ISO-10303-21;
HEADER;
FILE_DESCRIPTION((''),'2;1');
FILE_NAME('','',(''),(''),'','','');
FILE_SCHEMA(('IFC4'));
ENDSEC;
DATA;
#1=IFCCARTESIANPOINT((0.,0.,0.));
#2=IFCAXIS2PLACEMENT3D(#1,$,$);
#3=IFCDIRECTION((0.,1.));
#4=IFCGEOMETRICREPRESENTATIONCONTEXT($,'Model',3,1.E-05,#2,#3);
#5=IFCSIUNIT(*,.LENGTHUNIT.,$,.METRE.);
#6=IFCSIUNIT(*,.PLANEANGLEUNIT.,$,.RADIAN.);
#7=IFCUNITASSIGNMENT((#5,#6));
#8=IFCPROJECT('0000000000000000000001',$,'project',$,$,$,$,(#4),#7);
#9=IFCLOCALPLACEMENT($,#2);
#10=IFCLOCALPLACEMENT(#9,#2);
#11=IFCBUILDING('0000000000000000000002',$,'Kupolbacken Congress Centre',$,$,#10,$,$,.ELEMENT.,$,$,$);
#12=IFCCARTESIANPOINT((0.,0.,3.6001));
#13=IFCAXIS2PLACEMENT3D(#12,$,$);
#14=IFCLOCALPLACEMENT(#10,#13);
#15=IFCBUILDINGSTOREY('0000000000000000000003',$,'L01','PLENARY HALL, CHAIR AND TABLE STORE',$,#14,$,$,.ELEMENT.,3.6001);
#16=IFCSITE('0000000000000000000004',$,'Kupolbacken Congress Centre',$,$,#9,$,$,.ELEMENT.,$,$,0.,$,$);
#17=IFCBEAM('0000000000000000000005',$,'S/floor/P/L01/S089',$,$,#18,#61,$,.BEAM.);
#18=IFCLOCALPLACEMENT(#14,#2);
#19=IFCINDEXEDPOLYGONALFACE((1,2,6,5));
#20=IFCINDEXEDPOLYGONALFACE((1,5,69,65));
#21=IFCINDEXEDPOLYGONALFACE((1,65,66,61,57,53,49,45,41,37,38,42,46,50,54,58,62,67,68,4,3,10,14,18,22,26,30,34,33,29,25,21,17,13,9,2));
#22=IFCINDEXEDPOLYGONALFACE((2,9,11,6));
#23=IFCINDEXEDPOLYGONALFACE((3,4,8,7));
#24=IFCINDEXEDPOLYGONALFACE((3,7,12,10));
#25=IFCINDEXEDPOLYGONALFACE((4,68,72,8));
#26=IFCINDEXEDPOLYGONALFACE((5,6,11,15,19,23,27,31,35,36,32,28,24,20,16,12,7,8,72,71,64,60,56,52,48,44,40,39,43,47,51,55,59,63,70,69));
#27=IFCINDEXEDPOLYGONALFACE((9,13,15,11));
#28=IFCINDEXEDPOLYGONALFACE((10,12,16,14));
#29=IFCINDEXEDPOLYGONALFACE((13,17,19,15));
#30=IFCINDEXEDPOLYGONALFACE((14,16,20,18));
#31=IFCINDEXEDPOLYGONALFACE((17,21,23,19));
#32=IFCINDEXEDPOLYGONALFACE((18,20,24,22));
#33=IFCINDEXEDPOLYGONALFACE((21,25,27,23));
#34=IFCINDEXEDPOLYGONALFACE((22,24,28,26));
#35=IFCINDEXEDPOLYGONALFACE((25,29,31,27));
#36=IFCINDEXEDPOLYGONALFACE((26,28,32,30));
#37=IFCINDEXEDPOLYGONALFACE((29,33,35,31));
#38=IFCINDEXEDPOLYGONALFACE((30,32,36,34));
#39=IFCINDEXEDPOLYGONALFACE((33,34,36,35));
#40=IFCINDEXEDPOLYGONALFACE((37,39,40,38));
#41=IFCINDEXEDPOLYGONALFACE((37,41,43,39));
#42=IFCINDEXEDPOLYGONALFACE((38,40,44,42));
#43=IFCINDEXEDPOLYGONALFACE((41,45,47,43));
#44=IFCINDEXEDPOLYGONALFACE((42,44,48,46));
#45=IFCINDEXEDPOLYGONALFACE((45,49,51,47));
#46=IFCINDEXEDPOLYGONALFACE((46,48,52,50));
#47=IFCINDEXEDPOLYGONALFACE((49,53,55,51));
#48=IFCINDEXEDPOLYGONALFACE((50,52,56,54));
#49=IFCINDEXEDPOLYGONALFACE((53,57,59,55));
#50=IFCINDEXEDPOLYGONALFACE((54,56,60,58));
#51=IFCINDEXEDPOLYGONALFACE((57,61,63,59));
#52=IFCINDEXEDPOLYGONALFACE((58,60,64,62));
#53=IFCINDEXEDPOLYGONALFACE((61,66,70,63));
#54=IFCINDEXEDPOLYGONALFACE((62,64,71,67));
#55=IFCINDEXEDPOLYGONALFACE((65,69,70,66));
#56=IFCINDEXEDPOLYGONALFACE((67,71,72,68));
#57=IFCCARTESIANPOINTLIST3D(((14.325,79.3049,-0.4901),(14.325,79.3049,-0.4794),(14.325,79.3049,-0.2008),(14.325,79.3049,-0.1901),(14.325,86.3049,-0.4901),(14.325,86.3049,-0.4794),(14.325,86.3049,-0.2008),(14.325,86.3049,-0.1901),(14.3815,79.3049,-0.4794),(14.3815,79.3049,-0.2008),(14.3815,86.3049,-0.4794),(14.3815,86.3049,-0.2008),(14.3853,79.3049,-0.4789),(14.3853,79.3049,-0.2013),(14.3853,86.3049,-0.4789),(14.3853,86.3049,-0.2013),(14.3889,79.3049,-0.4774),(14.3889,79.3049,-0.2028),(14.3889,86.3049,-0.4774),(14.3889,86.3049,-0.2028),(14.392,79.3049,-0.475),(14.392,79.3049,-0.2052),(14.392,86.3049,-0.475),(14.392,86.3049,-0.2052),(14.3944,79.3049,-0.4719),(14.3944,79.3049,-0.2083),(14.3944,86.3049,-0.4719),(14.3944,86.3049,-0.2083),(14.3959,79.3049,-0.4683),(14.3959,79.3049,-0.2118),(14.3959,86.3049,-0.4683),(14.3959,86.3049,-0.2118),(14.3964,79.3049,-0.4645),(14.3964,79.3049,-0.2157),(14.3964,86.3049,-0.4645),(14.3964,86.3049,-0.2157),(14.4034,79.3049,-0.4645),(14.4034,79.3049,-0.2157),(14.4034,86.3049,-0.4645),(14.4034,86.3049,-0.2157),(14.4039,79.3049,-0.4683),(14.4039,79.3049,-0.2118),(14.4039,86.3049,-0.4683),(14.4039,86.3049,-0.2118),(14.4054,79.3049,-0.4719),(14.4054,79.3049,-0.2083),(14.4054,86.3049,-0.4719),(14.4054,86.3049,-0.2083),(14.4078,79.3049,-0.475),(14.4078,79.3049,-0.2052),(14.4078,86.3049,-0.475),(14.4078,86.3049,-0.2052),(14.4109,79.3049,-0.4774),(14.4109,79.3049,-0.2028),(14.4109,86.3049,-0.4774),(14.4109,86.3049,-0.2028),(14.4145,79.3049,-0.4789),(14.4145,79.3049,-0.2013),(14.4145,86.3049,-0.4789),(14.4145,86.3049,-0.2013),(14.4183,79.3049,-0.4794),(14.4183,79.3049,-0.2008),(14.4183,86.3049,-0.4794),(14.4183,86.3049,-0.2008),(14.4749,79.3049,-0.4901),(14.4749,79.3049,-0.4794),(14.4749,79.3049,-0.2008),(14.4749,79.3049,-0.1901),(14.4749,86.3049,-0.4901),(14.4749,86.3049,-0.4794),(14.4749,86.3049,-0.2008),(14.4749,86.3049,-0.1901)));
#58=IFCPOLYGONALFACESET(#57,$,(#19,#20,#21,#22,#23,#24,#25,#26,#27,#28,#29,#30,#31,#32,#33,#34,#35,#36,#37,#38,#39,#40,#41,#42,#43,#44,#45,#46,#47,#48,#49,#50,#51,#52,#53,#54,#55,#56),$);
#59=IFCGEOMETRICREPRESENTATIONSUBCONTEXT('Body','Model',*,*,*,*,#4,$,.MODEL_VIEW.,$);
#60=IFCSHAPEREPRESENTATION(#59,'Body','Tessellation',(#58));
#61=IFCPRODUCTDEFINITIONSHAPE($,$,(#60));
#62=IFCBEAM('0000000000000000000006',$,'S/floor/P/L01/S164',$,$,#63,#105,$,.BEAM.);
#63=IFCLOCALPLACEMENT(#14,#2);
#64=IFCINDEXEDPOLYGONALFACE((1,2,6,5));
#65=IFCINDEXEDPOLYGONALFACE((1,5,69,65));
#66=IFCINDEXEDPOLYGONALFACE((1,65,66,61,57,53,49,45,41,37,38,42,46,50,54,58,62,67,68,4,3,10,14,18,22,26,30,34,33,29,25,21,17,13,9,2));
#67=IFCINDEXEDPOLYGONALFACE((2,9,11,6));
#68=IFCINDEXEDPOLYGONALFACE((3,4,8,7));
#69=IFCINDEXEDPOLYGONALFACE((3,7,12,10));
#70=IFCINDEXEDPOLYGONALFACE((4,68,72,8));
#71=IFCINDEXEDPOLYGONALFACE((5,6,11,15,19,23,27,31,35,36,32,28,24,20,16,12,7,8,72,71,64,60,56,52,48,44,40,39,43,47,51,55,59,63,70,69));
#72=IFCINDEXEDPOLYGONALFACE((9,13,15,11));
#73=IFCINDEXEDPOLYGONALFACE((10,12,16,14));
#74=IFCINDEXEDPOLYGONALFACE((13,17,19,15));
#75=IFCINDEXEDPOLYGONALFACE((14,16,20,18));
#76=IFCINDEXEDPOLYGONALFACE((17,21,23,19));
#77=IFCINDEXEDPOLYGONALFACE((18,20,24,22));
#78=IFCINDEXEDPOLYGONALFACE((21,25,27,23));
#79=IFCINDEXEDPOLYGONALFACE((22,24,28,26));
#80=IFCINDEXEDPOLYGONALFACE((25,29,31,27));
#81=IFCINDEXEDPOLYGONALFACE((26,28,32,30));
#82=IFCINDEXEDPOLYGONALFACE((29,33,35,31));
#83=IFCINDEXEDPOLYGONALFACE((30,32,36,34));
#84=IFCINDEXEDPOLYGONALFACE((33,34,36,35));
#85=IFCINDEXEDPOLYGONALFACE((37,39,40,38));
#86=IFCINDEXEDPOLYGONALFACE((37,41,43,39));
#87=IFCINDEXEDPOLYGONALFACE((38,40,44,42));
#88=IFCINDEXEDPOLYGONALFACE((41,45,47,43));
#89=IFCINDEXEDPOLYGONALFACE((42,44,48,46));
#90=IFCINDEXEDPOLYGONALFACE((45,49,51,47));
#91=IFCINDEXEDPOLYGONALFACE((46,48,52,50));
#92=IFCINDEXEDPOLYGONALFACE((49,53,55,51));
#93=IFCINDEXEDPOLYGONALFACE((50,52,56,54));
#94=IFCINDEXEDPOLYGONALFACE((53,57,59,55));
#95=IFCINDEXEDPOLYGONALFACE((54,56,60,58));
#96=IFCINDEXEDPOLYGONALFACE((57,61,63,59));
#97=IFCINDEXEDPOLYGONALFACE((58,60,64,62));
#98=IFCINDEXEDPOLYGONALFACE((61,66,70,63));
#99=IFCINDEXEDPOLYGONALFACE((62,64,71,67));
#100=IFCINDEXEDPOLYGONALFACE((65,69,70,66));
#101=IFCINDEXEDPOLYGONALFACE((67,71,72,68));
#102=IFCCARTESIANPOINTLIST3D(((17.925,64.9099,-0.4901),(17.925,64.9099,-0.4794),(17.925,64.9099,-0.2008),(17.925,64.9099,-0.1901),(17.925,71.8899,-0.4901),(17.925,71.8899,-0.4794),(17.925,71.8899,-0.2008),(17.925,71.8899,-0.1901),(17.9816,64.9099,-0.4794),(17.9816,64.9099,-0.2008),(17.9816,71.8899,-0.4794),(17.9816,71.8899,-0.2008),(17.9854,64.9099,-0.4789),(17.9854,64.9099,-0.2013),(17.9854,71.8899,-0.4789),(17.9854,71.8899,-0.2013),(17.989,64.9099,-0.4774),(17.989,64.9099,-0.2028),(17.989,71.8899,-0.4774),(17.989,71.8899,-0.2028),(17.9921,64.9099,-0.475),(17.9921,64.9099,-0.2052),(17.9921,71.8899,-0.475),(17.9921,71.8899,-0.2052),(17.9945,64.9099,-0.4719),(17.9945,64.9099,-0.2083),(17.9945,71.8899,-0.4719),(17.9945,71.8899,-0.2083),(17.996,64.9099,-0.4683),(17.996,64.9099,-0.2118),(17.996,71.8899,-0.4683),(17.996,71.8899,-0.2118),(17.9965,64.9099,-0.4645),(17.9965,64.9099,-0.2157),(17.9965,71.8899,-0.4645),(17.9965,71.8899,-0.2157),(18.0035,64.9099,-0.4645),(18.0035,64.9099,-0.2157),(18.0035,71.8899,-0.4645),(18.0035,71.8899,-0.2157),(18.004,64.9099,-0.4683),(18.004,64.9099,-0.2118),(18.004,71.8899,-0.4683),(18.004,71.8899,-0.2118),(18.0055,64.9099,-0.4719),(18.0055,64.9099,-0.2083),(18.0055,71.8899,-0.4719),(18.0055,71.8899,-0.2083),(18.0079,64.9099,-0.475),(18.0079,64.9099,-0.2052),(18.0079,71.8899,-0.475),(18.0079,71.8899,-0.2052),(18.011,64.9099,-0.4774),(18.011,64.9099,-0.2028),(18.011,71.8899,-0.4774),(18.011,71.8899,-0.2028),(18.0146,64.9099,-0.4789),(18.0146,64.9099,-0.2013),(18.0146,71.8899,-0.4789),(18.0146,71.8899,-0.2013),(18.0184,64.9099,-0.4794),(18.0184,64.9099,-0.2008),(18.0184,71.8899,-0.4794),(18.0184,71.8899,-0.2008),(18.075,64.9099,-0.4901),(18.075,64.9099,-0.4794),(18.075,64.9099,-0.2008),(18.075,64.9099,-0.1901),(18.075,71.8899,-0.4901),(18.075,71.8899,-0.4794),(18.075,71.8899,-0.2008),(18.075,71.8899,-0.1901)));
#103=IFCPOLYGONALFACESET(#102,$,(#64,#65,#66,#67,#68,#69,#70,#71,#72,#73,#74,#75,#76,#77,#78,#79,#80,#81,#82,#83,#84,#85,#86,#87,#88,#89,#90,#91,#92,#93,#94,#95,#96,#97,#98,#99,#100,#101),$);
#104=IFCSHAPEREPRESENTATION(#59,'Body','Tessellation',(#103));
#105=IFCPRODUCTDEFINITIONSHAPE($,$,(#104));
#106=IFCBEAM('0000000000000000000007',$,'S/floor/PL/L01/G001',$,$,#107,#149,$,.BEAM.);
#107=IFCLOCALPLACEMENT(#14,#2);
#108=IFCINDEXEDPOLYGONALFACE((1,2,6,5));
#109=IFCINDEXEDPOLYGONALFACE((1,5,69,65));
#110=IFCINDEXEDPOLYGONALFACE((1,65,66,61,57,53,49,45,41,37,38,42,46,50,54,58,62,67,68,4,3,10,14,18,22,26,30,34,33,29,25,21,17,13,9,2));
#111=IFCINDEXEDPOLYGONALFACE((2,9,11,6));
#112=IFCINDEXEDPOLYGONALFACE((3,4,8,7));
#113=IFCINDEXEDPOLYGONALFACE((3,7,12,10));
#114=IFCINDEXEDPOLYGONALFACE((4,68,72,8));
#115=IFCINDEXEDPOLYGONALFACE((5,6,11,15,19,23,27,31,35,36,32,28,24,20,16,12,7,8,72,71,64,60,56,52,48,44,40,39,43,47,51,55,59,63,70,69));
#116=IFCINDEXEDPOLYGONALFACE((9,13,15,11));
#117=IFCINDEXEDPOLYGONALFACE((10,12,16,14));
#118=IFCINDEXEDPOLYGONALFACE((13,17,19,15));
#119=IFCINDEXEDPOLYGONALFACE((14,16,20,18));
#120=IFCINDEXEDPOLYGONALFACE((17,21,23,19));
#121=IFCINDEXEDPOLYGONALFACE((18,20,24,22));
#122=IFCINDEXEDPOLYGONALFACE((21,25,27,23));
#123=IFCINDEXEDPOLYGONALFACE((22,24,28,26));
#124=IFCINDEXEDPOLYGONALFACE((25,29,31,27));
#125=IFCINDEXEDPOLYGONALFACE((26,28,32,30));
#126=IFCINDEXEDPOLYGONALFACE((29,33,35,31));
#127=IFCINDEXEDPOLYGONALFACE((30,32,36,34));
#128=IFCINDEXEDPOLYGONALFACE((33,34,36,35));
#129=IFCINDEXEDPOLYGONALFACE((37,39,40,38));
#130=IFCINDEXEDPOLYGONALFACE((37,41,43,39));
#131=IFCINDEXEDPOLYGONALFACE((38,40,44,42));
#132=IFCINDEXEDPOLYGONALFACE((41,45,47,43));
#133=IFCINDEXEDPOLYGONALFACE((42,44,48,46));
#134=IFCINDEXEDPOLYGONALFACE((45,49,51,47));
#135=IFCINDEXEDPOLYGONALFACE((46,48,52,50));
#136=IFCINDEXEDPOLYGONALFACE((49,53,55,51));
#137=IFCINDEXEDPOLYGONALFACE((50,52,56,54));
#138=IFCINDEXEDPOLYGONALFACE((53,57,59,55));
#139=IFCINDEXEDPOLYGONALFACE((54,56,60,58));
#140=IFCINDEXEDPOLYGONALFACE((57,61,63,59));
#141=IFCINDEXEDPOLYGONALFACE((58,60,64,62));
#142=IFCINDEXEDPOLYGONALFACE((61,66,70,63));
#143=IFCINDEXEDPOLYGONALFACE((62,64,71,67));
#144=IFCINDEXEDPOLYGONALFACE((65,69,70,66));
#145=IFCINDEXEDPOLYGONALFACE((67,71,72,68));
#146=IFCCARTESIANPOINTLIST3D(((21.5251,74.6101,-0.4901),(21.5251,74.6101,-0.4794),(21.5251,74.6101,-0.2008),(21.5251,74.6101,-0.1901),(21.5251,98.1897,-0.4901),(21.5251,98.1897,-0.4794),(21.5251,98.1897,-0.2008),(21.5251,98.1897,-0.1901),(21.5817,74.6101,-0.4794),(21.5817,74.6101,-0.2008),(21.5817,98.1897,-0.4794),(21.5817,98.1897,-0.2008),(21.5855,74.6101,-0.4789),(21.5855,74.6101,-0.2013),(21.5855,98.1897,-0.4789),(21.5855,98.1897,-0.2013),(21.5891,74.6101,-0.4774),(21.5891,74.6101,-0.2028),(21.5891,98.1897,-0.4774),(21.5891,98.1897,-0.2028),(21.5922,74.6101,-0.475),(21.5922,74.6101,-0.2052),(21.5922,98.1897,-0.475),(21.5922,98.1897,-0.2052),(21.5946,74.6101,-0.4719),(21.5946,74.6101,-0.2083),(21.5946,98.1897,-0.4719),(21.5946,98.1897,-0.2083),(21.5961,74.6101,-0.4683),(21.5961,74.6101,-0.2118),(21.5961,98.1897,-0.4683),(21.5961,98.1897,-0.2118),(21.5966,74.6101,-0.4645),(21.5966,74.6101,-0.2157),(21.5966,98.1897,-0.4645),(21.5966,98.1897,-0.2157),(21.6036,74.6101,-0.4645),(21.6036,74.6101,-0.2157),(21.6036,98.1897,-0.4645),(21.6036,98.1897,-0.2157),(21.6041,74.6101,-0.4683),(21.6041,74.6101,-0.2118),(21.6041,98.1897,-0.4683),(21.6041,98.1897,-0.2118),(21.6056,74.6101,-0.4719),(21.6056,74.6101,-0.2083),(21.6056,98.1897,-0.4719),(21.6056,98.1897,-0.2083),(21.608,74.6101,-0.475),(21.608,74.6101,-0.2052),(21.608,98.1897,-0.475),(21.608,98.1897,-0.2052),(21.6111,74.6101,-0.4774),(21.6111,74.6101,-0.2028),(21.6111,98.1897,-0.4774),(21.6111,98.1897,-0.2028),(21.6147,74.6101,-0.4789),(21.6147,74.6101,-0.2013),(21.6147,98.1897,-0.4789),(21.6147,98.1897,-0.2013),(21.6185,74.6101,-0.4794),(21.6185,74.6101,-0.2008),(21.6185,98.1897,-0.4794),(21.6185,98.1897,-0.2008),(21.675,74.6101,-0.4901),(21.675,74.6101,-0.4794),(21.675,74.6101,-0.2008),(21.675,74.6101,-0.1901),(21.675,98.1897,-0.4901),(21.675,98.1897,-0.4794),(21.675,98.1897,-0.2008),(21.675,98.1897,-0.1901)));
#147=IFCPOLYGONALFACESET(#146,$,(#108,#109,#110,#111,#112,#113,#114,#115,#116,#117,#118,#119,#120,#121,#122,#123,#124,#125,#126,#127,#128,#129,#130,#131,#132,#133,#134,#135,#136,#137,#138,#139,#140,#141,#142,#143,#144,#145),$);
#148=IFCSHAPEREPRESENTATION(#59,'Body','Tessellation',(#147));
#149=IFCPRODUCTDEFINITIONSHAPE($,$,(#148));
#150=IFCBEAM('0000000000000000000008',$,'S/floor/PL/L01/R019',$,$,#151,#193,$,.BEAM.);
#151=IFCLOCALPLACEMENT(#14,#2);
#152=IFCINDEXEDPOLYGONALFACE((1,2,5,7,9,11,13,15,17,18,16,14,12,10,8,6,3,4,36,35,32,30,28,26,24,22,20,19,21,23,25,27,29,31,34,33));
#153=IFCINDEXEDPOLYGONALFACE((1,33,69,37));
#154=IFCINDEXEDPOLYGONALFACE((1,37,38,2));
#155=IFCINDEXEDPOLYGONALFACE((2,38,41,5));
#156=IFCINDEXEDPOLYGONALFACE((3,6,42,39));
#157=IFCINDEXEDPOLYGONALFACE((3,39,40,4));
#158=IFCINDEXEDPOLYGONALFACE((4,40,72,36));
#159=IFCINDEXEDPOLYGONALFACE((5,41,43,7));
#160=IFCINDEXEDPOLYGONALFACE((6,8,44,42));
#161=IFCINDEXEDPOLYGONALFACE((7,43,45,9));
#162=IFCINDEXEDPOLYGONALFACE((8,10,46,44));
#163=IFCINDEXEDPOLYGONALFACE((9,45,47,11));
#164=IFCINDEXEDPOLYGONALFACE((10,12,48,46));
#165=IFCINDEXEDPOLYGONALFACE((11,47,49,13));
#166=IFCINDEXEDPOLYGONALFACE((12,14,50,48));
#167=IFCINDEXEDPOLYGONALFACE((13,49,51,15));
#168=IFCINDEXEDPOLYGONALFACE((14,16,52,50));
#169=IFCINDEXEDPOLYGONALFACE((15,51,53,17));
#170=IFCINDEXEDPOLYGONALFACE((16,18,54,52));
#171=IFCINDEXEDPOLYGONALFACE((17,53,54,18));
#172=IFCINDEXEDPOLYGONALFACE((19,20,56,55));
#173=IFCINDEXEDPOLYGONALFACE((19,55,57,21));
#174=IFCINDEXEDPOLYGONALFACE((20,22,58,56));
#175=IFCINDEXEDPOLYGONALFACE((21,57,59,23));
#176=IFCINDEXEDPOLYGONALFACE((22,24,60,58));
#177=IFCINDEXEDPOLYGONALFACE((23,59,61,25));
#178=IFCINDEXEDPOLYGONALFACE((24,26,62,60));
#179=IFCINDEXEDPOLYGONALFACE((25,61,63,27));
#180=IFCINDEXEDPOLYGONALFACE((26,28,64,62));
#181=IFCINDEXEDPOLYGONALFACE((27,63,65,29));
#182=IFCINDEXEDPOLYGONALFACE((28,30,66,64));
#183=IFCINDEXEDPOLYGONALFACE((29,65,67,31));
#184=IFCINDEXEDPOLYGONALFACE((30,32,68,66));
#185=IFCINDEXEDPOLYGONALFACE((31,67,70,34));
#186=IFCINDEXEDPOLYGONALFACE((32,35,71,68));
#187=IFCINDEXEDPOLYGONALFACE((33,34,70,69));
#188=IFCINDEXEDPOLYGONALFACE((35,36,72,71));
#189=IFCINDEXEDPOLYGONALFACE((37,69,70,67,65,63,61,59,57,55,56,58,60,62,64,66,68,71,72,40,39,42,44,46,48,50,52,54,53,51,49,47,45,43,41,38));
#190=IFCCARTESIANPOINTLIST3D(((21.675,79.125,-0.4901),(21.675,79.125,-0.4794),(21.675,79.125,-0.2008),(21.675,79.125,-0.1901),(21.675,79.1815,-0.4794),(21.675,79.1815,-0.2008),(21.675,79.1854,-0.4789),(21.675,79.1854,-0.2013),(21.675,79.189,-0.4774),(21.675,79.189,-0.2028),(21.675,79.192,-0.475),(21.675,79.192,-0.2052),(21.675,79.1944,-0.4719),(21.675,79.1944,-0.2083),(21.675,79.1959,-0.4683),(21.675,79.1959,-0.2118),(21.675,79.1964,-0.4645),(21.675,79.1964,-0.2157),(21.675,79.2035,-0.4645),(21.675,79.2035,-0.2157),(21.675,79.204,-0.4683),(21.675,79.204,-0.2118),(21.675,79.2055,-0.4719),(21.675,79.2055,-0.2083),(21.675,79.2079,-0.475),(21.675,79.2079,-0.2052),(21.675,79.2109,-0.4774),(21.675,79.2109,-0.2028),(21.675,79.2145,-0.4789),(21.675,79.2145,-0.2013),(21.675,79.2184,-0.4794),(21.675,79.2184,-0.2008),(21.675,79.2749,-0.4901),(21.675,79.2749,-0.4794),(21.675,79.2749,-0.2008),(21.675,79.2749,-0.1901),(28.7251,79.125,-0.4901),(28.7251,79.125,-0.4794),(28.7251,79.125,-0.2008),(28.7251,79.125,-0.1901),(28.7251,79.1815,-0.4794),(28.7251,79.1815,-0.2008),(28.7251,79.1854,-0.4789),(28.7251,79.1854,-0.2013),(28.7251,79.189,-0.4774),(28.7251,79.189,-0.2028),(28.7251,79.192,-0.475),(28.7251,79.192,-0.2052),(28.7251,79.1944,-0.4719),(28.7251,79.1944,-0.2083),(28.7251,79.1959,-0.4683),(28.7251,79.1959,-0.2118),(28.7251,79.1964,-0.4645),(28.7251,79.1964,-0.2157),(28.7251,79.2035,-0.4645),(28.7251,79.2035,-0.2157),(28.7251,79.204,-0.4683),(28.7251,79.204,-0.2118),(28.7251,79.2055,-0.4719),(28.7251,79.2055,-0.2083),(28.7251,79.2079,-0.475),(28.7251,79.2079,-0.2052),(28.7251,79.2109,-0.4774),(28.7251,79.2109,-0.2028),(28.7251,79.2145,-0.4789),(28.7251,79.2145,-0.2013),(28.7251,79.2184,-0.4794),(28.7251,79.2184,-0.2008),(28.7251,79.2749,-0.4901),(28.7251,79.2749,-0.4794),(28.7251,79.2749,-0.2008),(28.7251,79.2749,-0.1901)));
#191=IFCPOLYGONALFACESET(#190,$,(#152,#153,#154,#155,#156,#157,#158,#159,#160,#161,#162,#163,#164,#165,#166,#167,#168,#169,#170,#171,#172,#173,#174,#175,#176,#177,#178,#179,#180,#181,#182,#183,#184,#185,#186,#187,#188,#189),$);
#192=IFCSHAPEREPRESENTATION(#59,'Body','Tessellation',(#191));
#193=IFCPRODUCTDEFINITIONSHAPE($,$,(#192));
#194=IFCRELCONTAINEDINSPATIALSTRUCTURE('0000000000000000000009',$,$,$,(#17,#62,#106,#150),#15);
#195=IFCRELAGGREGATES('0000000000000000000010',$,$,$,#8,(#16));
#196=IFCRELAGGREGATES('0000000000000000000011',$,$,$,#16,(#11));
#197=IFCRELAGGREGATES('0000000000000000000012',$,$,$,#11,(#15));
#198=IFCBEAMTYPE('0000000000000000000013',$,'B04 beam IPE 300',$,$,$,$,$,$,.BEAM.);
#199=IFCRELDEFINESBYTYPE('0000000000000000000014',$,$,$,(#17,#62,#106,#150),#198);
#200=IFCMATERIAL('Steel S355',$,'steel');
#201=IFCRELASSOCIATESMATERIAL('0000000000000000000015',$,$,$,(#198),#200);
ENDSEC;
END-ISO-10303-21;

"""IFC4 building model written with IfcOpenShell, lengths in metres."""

from ifc_helpers import new_model, si_unit, direction, frame, origin, origin_2d, place, context, subcontext, project, spatial, i_section, extrude, material, material_profile, profile_set, type_object, element, save


model = new_model("IFC4")

# Units and contexts
model_context = context("Model", 3, precision=1e-05, world=origin(), true_north=direction((0.0, 1.0)))
body_context = subcontext(model_context, "Body", "Model", "MODEL_VIEW")
ifc_project = project(units=[si_unit("LENGTHUNIT", "METRE"), si_unit("PLANEANGLEUNIT", "RADIAN")], contexts=[model_context])

# Site, building, storey
site_placement = place(None, origin())
site = spatial("IfcSite", under=ifc_project, at=site_placement, Name="Kupolbacken Congress Centre", CompositionType="ELEMENT", RefElevation=0.0)
building_placement = place(site_placement, origin())
building = spatial("IfcBuilding", under=site, at=building_placement, Name="Kupolbacken Congress Centre", CompositionType="ELEMENT")
storey_placement = place(building_placement, frame((0.0, 0.0, 3.6001)))
storey = spatial("IfcBuildingStorey", under=building, at=storey_placement, Name="L01", Description="PLENARY HALL, CHAIR AND TABLE STORE", CompositionType="ELEMENT", Elevation=3.6001)

# Beams
ifc_material_1 = material(Name="Steel S355", Category="steel")
ifc_material_profile_1 = material_profile(ifc_material_1, i_section(OverallWidth=0.1499, OverallDepth=0.3, WebThickness=0.0071, FlangeThickness=0.0107, FilletRadius=0.0149, at=origin_2d()), Name="IPE 300")
ifc_profile_set_1 = profile_set([ifc_material_profile_1], Name="Steel S355")
beam_type_1 = type_object("IfcBeamType", Name="B04 beam IPE 300", PredefinedType="BEAM", material=ifc_profile_set_1)
beam_1_placement = place(storey_placement, frame((14.3999, 79.3049, -0.3401), z_axis=(0.0, 1.0, 0.0), x_axis=(-1.0, 0.0, 0.0)))
element("IfcBeam", 1, at=beam_1_placement, inside=storey, type_object=beam_type_1, Name="S/floor/P/L01/S089", PredefinedType="BEAM", context=body_context, shape_type="SweptSolid", body=[
    extrude(i_section(OverallWidth=0.1499, OverallDepth=0.3, WebThickness=0.0071, FlangeThickness=0.0107, FilletRadius=0.0149, at=origin_2d()), origin(), (0.0, 0.0, 1.0), 7.0),
])
beam_2_placement = place(storey_placement, frame((18.0, 64.9099, -0.3401), z_axis=(0.0, 1.0, 0.0), x_axis=(-1.0, 0.0, 0.0)))
element("IfcBeam", 2, at=beam_2_placement, inside=storey, type_object=beam_type_1, Name="S/floor/P/L01/S164", PredefinedType="BEAM", context=body_context, shape_type="SweptSolid", body=[
    extrude(i_section(OverallWidth=0.1499, OverallDepth=0.3, WebThickness=0.0071, FlangeThickness=0.0107, FilletRadius=0.0149, at=origin_2d()), origin(), (0.0, 0.0, 1.0), 6.98),
])
beam_3_placement = place(storey_placement, frame((21.6001, 74.6101, -0.3401), z_axis=(0.0, 1.0, 0.0), x_axis=(-1.0, 0.0, 0.0)))
element("IfcBeam", 3, at=beam_3_placement, inside=storey, type_object=beam_type_1, Name="S/floor/PL/L01/G001", PredefinedType="BEAM", context=body_context, shape_type="SweptSolid", body=[
    extrude(i_section(OverallWidth=0.1499, OverallDepth=0.3, WebThickness=0.0071, FlangeThickness=0.0107, FilletRadius=0.0149, at=origin_2d()), origin(), (0.0, 0.0, 1.0), 23.5796),
])
for number, where, z_axis, x_axis, name in (
    (4, (21.675, 79.2, -0.3401), (1.0, 0.0, 0.0), (0.0, 1.0, 0.0), "S/floor/PL/L01/R019"),
):
    element("IfcBeam", number, at=place(storey_placement, frame(where, z_axis=z_axis, x_axis=x_axis)), inside=storey, type_object=beam_type_1, Name=name, PredefinedType="BEAM", context=body_context, shape_type="SweptSolid", body=[
        extrude(i_section(OverallWidth=0.1499, OverallDepth=0.3, WebThickness=0.0071, FlangeThickness=0.0107, FilletRadius=0.0149, at=origin_2d()), origin(), (0.0, 0.0, 1.0), 7.05),
    ])

save(model, "model.ifc")
